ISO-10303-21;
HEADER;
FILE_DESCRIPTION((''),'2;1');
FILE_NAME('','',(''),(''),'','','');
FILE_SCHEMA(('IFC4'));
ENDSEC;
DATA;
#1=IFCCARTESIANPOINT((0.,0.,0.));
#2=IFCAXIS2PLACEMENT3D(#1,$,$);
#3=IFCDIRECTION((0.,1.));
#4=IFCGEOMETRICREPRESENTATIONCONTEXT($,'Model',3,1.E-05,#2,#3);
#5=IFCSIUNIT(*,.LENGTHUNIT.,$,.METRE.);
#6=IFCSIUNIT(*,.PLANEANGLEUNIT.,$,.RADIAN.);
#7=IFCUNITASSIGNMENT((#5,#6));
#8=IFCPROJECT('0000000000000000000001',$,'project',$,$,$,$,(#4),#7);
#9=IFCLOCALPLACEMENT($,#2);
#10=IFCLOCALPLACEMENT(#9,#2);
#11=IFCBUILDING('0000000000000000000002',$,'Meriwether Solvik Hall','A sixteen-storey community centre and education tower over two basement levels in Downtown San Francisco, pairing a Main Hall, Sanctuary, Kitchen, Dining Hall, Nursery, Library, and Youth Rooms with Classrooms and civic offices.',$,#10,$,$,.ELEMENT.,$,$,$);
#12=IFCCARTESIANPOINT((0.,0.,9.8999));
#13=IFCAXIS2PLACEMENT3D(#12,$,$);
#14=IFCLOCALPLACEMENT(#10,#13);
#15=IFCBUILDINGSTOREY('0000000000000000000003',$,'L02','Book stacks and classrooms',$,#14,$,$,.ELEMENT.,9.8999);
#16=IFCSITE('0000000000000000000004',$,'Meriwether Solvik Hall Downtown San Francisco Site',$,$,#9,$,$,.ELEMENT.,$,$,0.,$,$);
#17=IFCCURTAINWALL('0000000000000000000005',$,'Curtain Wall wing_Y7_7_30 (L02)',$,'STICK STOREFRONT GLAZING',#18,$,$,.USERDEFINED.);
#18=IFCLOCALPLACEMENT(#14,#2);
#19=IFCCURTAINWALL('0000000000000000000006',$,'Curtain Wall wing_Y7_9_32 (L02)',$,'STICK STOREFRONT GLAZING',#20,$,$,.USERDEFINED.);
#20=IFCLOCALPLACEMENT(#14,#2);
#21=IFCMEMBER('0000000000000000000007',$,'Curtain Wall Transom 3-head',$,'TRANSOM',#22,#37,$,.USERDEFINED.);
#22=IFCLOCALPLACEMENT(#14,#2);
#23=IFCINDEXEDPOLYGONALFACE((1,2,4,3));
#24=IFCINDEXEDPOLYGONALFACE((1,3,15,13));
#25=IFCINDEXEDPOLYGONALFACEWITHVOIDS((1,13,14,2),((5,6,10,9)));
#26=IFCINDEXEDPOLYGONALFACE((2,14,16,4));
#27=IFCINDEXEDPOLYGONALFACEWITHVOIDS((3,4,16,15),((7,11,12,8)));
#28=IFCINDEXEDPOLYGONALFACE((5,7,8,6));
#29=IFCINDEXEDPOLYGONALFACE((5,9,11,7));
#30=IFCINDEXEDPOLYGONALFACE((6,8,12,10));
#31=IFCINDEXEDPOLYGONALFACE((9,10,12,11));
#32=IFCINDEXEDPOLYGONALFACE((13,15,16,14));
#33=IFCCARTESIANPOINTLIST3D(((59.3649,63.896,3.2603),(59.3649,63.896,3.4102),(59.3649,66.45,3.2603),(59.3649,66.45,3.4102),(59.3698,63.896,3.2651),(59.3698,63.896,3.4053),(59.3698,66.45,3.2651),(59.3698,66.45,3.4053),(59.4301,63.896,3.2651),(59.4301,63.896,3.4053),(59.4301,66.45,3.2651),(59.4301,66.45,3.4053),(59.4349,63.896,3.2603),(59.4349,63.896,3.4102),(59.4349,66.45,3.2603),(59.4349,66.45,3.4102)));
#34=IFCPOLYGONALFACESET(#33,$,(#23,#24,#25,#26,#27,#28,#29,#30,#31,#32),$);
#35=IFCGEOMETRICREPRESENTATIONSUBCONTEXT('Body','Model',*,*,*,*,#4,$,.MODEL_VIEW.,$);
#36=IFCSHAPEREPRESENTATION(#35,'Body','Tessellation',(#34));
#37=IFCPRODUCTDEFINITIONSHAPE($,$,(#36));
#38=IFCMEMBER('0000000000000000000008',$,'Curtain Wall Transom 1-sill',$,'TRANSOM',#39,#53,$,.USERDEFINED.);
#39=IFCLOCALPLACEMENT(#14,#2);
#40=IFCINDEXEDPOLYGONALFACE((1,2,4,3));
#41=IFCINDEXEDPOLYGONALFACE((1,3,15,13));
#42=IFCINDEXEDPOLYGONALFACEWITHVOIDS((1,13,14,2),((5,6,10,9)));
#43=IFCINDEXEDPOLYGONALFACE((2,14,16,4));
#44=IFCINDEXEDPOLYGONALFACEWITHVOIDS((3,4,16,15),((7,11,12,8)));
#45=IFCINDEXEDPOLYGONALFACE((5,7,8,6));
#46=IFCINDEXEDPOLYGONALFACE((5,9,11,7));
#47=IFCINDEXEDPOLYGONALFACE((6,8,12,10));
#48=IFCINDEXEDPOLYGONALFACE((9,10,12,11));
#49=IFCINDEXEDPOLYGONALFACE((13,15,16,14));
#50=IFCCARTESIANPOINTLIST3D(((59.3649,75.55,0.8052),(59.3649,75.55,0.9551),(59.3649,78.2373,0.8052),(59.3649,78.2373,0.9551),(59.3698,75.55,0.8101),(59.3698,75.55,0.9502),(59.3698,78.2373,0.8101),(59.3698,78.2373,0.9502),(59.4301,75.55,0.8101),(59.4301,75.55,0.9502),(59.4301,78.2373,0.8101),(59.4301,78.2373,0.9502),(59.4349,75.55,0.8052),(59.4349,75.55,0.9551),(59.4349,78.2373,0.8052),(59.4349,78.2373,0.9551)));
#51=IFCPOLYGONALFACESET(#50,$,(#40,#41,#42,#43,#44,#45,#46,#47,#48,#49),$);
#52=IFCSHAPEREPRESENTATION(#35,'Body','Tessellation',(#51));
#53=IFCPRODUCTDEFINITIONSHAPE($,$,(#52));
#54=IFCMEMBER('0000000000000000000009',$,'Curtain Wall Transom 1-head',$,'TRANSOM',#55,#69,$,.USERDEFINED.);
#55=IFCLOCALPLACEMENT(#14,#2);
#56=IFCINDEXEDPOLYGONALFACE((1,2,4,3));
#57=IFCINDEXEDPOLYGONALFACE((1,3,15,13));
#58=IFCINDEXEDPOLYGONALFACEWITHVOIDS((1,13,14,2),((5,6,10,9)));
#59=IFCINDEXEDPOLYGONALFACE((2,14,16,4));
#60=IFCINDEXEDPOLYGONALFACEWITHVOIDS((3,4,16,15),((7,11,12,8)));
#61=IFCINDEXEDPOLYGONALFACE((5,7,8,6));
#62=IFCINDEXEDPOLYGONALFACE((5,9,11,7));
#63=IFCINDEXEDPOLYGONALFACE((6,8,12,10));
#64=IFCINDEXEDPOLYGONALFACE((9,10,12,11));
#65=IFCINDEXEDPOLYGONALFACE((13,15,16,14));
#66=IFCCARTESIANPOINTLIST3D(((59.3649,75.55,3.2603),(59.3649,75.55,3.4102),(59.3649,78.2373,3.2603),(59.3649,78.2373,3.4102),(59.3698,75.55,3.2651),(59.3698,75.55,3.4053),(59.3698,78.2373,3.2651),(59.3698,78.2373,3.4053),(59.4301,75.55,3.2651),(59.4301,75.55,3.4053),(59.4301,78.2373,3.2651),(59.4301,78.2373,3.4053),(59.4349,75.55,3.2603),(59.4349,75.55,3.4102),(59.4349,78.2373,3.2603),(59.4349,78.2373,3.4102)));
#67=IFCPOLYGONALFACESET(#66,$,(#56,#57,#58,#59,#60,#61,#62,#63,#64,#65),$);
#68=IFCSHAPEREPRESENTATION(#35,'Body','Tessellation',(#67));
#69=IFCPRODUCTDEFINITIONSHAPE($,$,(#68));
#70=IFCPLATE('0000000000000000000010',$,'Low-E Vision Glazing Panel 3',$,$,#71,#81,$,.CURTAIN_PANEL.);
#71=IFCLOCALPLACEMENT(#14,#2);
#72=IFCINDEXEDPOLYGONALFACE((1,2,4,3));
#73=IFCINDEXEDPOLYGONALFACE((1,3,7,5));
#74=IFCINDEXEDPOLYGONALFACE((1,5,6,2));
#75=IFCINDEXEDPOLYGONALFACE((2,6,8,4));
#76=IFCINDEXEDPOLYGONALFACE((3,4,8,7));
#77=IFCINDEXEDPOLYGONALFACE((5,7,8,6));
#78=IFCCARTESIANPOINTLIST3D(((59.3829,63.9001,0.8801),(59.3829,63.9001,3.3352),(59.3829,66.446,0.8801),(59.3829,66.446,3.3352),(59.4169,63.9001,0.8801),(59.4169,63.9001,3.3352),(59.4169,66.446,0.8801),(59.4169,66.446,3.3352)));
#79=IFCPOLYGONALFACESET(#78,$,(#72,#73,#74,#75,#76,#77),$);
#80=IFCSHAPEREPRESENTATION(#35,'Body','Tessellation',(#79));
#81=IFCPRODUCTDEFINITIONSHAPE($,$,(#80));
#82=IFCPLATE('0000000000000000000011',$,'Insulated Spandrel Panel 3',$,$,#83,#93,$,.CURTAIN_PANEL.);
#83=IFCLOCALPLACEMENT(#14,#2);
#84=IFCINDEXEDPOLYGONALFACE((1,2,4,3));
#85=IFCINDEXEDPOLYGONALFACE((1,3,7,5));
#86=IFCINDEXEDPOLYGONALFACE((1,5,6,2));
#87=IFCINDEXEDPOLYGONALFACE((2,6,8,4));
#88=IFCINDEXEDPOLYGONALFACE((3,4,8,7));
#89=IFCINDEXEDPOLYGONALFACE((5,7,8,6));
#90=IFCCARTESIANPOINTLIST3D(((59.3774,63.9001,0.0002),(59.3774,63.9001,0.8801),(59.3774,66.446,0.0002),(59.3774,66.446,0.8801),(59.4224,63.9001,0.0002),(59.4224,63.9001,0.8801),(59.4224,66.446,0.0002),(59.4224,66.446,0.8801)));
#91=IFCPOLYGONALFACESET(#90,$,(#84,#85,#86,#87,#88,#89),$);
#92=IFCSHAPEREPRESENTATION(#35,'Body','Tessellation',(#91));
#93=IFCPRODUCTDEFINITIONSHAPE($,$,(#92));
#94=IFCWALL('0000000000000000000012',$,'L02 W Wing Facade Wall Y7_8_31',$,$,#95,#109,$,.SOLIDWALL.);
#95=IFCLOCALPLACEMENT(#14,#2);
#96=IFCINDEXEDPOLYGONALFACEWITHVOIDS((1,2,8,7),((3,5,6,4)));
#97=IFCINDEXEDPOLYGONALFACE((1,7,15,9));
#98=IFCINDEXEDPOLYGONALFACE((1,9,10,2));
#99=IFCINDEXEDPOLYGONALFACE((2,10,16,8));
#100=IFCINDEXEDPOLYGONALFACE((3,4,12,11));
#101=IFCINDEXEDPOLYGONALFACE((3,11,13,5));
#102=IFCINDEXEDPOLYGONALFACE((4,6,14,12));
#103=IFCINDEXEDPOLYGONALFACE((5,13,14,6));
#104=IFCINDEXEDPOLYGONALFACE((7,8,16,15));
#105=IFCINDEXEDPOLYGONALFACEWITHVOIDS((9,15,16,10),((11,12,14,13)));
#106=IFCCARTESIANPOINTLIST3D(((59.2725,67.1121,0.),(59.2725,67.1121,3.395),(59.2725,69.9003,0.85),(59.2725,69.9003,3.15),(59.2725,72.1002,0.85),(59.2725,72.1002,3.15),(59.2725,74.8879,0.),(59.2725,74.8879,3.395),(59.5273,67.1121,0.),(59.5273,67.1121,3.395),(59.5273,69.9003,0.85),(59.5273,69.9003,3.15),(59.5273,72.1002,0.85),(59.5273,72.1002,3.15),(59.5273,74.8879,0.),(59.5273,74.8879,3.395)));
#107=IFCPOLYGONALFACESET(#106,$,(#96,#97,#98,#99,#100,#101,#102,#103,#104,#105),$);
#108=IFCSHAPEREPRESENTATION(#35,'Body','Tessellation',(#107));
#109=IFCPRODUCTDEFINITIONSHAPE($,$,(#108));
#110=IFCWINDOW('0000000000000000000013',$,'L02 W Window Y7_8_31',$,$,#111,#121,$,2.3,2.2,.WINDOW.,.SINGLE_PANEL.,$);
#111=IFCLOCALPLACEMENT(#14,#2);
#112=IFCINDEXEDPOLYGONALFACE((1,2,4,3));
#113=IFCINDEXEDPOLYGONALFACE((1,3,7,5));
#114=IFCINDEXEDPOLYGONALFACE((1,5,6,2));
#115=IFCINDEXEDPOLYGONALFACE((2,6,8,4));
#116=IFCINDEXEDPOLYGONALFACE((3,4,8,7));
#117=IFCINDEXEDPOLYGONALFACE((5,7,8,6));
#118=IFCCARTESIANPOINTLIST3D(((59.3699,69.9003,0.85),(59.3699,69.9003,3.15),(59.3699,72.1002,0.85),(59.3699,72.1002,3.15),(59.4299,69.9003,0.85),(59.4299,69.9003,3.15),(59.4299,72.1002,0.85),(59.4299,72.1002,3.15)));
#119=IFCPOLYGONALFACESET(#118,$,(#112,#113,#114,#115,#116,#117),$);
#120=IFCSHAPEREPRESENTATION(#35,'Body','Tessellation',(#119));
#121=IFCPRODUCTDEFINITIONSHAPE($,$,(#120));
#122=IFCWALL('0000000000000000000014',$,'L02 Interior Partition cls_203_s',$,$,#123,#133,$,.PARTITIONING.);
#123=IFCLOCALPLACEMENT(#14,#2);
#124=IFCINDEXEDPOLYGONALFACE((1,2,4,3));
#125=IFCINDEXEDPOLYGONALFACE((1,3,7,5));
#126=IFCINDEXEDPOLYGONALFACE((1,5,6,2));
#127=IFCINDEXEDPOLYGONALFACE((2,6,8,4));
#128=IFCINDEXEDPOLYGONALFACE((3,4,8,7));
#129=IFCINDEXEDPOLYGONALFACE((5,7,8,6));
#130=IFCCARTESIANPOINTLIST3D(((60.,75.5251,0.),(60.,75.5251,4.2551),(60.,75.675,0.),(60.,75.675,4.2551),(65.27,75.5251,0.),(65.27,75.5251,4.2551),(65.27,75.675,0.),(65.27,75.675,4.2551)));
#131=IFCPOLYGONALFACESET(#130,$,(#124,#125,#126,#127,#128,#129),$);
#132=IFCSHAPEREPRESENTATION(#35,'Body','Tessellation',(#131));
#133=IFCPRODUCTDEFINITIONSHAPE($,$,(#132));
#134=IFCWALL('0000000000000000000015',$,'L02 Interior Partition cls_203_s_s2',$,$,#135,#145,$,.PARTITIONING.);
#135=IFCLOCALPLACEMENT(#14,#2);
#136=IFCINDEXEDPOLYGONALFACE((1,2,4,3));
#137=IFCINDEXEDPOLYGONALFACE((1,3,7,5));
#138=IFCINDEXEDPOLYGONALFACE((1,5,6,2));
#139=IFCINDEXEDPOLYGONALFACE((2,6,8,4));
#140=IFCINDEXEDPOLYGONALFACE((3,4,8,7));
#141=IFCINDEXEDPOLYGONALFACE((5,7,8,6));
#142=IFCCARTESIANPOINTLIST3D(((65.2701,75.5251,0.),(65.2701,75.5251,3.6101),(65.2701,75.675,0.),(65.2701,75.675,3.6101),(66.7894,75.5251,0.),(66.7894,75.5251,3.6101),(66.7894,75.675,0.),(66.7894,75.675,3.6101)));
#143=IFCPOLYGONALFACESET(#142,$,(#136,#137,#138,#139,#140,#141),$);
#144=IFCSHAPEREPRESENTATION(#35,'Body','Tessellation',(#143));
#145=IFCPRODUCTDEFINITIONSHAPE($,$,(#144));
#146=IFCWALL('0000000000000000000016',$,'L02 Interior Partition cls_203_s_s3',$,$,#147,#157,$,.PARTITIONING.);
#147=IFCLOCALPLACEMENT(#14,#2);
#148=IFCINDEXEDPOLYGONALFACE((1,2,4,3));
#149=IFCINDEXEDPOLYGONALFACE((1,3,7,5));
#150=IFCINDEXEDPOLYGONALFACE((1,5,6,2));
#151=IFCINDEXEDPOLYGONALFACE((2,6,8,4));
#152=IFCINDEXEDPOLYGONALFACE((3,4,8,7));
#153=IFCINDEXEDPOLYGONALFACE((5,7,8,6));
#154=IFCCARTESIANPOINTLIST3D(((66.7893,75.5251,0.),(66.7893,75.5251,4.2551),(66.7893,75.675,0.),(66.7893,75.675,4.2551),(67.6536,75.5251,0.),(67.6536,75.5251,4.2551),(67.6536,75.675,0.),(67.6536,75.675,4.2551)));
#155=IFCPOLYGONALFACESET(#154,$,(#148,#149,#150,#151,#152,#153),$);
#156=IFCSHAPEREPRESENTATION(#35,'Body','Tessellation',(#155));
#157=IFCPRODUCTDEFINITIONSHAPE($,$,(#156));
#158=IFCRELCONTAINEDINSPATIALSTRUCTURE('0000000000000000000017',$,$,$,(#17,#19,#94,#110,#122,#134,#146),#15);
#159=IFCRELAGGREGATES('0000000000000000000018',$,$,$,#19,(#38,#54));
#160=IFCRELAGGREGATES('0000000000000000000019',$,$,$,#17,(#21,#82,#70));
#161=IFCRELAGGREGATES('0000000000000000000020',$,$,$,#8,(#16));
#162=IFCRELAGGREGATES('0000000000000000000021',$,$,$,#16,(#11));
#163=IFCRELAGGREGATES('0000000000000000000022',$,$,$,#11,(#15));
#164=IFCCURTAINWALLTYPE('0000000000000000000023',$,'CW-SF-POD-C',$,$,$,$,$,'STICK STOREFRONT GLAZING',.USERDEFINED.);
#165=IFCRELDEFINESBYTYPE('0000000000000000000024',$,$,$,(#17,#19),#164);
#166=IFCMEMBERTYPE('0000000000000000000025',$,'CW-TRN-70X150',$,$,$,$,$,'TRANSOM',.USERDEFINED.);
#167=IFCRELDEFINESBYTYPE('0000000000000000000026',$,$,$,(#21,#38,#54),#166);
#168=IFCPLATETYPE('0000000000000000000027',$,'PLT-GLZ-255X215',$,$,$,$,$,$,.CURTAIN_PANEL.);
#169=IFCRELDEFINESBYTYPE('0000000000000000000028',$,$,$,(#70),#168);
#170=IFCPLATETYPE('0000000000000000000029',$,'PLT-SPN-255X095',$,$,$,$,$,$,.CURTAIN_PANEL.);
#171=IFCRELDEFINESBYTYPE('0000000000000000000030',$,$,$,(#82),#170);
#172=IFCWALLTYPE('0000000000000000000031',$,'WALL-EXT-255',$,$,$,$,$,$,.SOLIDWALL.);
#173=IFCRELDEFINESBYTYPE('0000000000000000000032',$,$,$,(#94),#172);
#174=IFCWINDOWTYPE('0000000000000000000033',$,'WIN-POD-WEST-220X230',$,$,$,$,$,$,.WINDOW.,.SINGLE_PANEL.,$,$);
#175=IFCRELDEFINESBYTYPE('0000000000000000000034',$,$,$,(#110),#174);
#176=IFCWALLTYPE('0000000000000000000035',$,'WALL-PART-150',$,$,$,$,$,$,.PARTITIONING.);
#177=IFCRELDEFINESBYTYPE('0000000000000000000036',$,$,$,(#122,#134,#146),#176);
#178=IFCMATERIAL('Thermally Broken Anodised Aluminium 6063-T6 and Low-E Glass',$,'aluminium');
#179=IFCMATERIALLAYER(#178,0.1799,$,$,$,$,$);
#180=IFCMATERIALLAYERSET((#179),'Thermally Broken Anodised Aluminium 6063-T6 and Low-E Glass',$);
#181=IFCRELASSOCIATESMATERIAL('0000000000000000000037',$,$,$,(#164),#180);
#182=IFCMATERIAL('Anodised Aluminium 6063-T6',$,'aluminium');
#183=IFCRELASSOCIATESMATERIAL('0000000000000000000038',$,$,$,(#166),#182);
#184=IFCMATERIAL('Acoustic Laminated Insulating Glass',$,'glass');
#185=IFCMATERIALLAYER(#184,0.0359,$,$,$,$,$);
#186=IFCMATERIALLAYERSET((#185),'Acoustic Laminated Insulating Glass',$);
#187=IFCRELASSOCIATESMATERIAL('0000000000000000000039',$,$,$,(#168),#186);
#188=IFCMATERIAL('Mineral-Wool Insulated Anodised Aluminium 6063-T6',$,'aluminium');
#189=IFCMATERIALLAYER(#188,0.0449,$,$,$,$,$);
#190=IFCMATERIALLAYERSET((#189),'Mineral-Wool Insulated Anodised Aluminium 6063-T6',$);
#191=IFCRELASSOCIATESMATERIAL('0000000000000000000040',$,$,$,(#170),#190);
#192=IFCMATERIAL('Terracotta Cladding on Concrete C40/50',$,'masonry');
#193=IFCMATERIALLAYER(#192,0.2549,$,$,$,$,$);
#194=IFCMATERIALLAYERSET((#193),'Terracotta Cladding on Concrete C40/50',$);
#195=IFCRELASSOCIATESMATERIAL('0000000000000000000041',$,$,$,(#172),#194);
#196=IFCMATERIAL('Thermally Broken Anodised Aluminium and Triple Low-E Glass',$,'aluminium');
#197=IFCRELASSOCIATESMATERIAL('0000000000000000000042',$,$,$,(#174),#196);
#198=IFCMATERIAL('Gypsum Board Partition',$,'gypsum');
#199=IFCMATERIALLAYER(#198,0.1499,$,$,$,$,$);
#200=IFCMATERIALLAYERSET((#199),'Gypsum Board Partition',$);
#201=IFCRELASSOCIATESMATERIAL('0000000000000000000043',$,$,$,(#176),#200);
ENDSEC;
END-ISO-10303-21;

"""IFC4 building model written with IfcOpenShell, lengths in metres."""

from ifc_helpers import new_model, si_unit, direction, frame, frame_2d, origin, origin_2d, place, context, subcontext, project, spatial, rectangle, hollow_rectangle, extrude, material, layer, layer_set, material_profile, profile_set, type_object, element, fill, aggregate, save


model = new_model("IFC4")

# Units and contexts
model_context = context("Model", 3, precision=1e-05, world=origin(), true_north=direction((0.0, 1.0)))
body_context = subcontext(model_context, "Body", "Model", "MODEL_VIEW")
ifc_project = project(units=[si_unit("LENGTHUNIT", "METRE"), si_unit("PLANEANGLEUNIT", "RADIAN")], contexts=[model_context])

# Site, building, storey
site_placement = place(None, origin())
site = spatial("IfcSite", under=ifc_project, at=site_placement, Name="Meriwether Solvik Hall Downtown San Francisco Site", CompositionType="ELEMENT", RefElevation=0.0)
building_placement = place(site_placement, origin())
building = spatial("IfcBuilding", under=site, at=building_placement, Name="Meriwether Solvik Hall", Description="A sixteen-storey community centre and education tower over two basement levels in Downtown San Francisco, pairing a Main Hall, Sanctuary, Kitchen, Dining Hall, Nursery, Library, and Youth Rooms with Classrooms and civic offices.", CompositionType="ELEMENT")
storey_placement = place(building_placement, frame((0.0, 0.0, 9.8999)))
storey = spatial("IfcBuildingStorey", under=building, at=storey_placement, Name="L02", Description="Book stacks and classrooms", CompositionType="ELEMENT", Elevation=9.8999)

# Curtain walls
ifc_material_1 = material(Name="Thermally Broken Anodised Aluminium 6063-T6 and Low-E Glass", Category="aluminium")
ifc_layer_1 = layer(ifc_material_1, 0.1799)
ifc_layer_set_1 = layer_set([ifc_layer_1], Name="Thermally Broken Anodised Aluminium 6063-T6 and Low-E Glass")
curtain_wall_type = type_object("IfcCurtainWallType", Name="CW-SF-POD-C", ElementType="STICK STOREFRONT GLAZING", PredefinedType="USERDEFINED", material=ifc_layer_set_1)
curtain_wall_1_placement = place(storey_placement, origin())
curtain_wall_1 = element("IfcCurtainWall", 1, at=curtain_wall_1_placement, inside=storey, type_object=curtain_wall_type, Name="Curtain Wall wing_Y7_7_30 (L02)", ObjectType="STICK STOREFRONT GLAZING", PredefinedType="USERDEFINED")
curtain_wall_2_placement = place(storey_placement, origin())
curtain_wall_2 = element("IfcCurtainWall", 2, at=curtain_wall_2_placement, inside=storey, type_object=curtain_wall_type, Name="Curtain Wall wing_Y7_9_32 (L02)", ObjectType="STICK STOREFRONT GLAZING", PredefinedType="USERDEFINED")

# Members
ifc_material_2 = material(Name="Anodised Aluminium 6063-T6", Category="aluminium")
ifc_material_profile_1 = material_profile(ifc_material_2, hollow_rectangle(XDim=0.0701, YDim=0.1499, WallThickness=0.0049, at=origin_2d()), Name="CWT-70X150")
ifc_profile_set_1 = profile_set([ifc_material_profile_1], Name="Anodised Aluminium 6063-T6")
member_type_1 = type_object("IfcMemberType", Name="CW-TRN-70X150", ElementType="TRANSOM", PredefinedType="USERDEFINED", material=ifc_profile_set_1)
member_1_placement = place(storey_placement, frame((59.3999, 63.896, 3.3352), z_axis=(0.0, 1.0, 0.0), x_axis=(-1.0, 0.0, 0.0)))
member_1 = element("IfcMember", 3, at=member_1_placement, type_object=member_type_1, Name="Curtain Wall Transom 3-head", ObjectType="TRANSOM", PredefinedType="USERDEFINED", context=body_context, shape_type="SweptSolid", body=[
    extrude(hollow_rectangle(XDim=0.0701, YDim=0.1499, WallThickness=0.0049, at=origin_2d()), origin(), (0.0, 0.0, 1.0), 2.554),
])
member_2_placement = place(storey_placement, frame((59.3999, 75.55, 0.8801), z_axis=(0.0, 1.0, 0.0), x_axis=(-1.0, 0.0, 0.0)))
member_2 = element("IfcMember", 4, at=member_2_placement, type_object=member_type_1, Name="Curtain Wall Transom 1-sill", ObjectType="TRANSOM", PredefinedType="USERDEFINED", context=body_context, shape_type="SweptSolid", body=[
    extrude(hollow_rectangle(XDim=0.0701, YDim=0.1499, WallThickness=0.0049, at=origin_2d()), origin(), (0.0, 0.0, 1.0), 2.6873),
])
member_3_placement = place(storey_placement, frame((59.3999, 75.55, 3.3352), z_axis=(0.0, 1.0, 0.0), x_axis=(-1.0, 0.0, 0.0)))
member_3 = element("IfcMember", 5, at=member_3_placement, type_object=member_type_1, Name="Curtain Wall Transom 1-head", ObjectType="TRANSOM", PredefinedType="USERDEFINED", context=body_context, shape_type="SweptSolid", body=[
    extrude(hollow_rectangle(XDim=0.0701, YDim=0.1499, WallThickness=0.0049, at=origin_2d()), origin(), (0.0, 0.0, 1.0), 2.6873),
])
aggregate(curtain_wall_2, [member_2, member_3])

# Plates
ifc_material_3 = material(Name="Acoustic Laminated Insulating Glass", Category="glass")
ifc_layer_2 = layer(ifc_material_3, 0.0359)
ifc_layer_set_2 = layer_set([ifc_layer_2], Name="Acoustic Laminated Insulating Glass")
plate_type_1 = type_object("IfcPlateType", Name="PLT-GLZ-255X215", PredefinedType="CURTAIN_PANEL", material=ifc_layer_set_2)
plate_1_placement = place(storey_placement, frame((59.3999, 65.1731, 0.8801), z_axis=(0.0, 0.0, 1.0), x_axis=(0.0, 1.0, 0.0)))
plate_1 = element("IfcPlate", 6, at=plate_1_placement, type_object=plate_type_1, Name="Low-E Vision Glazing Panel 3", PredefinedType="CURTAIN_PANEL", context=body_context, shape_type="SweptSolid", body=[
    extrude(rectangle(XDim=2.5459, YDim=0.0339, at=origin_2d()), origin(), (0.0, 0.0, 1.0), 2.4551),
])
ifc_material_4 = material(Name="Mineral-Wool Insulated Anodised Aluminium 6063-T6", Category="aluminium")
ifc_layer_3 = layer(ifc_material_4, 0.0449)
ifc_layer_set_3 = layer_set([ifc_layer_3], Name="Mineral-Wool Insulated Anodised Aluminium 6063-T6")
plate_type_2 = type_object("IfcPlateType", Name="PLT-SPN-255X095", PredefinedType="CURTAIN_PANEL", material=ifc_layer_set_3)
plate_2_placement = place(storey_placement, frame((59.3999, 65.1731, 0.0002), z_axis=(0.0, 0.0, 1.0), x_axis=(0.0, 1.0, 0.0)))
plate_2 = element("IfcPlate", 7, at=plate_2_placement, type_object=plate_type_2, Name="Insulated Spandrel Panel 3", PredefinedType="CURTAIN_PANEL", context=body_context, shape_type="SweptSolid", body=[
    extrude(rectangle(XDim=2.5459, YDim=0.0449, at=origin_2d()), origin(), (0.0, 0.0, 1.0), 0.8799),
])
aggregate(curtain_wall_1, [member_1, plate_2, plate_1])

# Wall, opening, window
ifc_material_5 = material(Name="Terracotta Cladding on Concrete C40/50", Category="masonry")
ifc_layer_4 = layer(ifc_material_5, 0.2549)
ifc_layer_set_4 = layer_set([ifc_layer_4], Name="Terracotta Cladding on Concrete C40/50")
wall_type_1 = type_object("IfcWallType", Name="WALL-EXT-255", PredefinedType="SOLIDWALL", material=ifc_layer_set_4)
wall_1_placement = place(storey_placement, frame((59.3999, 67.1121, 0.0), z_axis=(0.0, 0.0, 1.0), x_axis=(0.0, 1.0, 0.0)))
wall_1 = element("IfcWall", 8, at=wall_1_placement, inside=storey, type_object=wall_type_1, Name="L02 W Wing Facade Wall Y7_8_31", PredefinedType="SOLIDWALL", context=body_context, shape_type="SweptSolid", body=[
    extrude(rectangle(XDim=7.7759, YDim=0.2549, at=frame_2d((3.8879, 0.0))), origin(), (0.0, 0.0, 1.0), 3.395),
])
opening_1_placement = place(wall_1_placement, frame((2.7881, 0.0, 0.8501)))
opening_1 = element("IfcOpeningElement", 9, at=opening_1_placement, cuts=wall_1, PredefinedType="OPENING", context=body_context, shape_type="SweptSolid", body=[
    extrude(rectangle(XDim=2.2, YDim=2.3, at=frame_2d((1.1001, 1.1499))), frame((0.0, 0.1394, 0.0), z_axis=(0.0, -1.0, 0.0), x_axis=(1.0, 0.0, 0.0)), (0.0, 0.0, 1.0), 0.2788),
])
ifc_material_6 = material(Name="Thermally Broken Anodised Aluminium and Triple Low-E Glass", Category="aluminium")
window_type = type_object("IfcWindowType", Name="WIN-POD-WEST-220X230", PartitioningType="SINGLE_PANEL", PredefinedType="WINDOW", material=ifc_material_6)
window_placement = place(opening_1_placement, origin())
window = element("IfcWindow", 10, at=window_placement, inside=storey, type_object=window_type, Name="L02 W Window Y7_8_31", OverallHeight=2.3, OverallWidth=2.2, PartitioningType="SINGLE_PANEL", PredefinedType="WINDOW", context=body_context, shape_type="SweptSolid", body=[
    extrude(rectangle(XDim=2.2, YDim=2.3, at=frame_2d((1.1001, 1.1499))), frame((0.0, 0.03, 0.0), z_axis=(0.0, -1.0, 0.0), x_axis=(1.0, 0.0, 0.0)), (0.0, 0.0, 1.0), 0.0601),
])
fill(opening_1, window)

# Walls
ifc_material_7 = material(Name="Gypsum Board Partition", Category="gypsum")
ifc_layer_5 = layer(ifc_material_7, 0.1499)
ifc_layer_set_5 = layer_set([ifc_layer_5], Name="Gypsum Board Partition")
wall_type_2 = type_object("IfcWallType", Name="WALL-PART-150", PredefinedType="PARTITIONING", material=ifc_layer_set_5)
wall_2_placement = place(storey_placement, frame((60.0, 75.6001, 0.0), z_axis=(0.0, 0.0, 1.0), x_axis=(1.0, 0.0, 0.0)))
element("IfcWall", 11, at=wall_2_placement, inside=storey, type_object=wall_type_2, Name="L02 Interior Partition cls_203_s", PredefinedType="PARTITIONING", context=body_context, shape_type="SweptSolid", body=[
    extrude(rectangle(XDim=5.27, YDim=0.1499, at=frame_2d((2.635, 0.0))), origin(), (0.0, 0.0, 1.0), 4.2551),
])
wall_3_placement = place(storey_placement, frame((65.27, 75.6001, 0.0), z_axis=(0.0, 0.0, 1.0), x_axis=(1.0, 0.0, 0.0)))
element("IfcWall", 12, at=wall_3_placement, inside=storey, type_object=wall_type_2, Name="L02 Interior Partition cls_203_s_s2", PredefinedType="PARTITIONING", context=body_context, shape_type="SweptSolid", body=[
    extrude(rectangle(XDim=1.5193, YDim=0.1499, at=frame_2d((0.7598, 0.0))), origin(), (0.0, 0.0, 1.0), 3.6101),
])
wall_4_placement = place(storey_placement, frame((66.7893, 75.6001, 0.0), z_axis=(0.0, 0.0, 1.0), x_axis=(1.0, 0.0, 0.0)))
element("IfcWall", 13, at=wall_4_placement, inside=storey, type_object=wall_type_2, Name="L02 Interior Partition cls_203_s_s3", PredefinedType="PARTITIONING", context=body_context, shape_type="SweptSolid", body=[
    extrude(rectangle(XDim=0.8643, YDim=0.1499, at=frame_2d((0.4321, 0.0))), origin(), (0.0, 0.0, 1.0), 4.2551),
])

save(model, "model.ifc")
